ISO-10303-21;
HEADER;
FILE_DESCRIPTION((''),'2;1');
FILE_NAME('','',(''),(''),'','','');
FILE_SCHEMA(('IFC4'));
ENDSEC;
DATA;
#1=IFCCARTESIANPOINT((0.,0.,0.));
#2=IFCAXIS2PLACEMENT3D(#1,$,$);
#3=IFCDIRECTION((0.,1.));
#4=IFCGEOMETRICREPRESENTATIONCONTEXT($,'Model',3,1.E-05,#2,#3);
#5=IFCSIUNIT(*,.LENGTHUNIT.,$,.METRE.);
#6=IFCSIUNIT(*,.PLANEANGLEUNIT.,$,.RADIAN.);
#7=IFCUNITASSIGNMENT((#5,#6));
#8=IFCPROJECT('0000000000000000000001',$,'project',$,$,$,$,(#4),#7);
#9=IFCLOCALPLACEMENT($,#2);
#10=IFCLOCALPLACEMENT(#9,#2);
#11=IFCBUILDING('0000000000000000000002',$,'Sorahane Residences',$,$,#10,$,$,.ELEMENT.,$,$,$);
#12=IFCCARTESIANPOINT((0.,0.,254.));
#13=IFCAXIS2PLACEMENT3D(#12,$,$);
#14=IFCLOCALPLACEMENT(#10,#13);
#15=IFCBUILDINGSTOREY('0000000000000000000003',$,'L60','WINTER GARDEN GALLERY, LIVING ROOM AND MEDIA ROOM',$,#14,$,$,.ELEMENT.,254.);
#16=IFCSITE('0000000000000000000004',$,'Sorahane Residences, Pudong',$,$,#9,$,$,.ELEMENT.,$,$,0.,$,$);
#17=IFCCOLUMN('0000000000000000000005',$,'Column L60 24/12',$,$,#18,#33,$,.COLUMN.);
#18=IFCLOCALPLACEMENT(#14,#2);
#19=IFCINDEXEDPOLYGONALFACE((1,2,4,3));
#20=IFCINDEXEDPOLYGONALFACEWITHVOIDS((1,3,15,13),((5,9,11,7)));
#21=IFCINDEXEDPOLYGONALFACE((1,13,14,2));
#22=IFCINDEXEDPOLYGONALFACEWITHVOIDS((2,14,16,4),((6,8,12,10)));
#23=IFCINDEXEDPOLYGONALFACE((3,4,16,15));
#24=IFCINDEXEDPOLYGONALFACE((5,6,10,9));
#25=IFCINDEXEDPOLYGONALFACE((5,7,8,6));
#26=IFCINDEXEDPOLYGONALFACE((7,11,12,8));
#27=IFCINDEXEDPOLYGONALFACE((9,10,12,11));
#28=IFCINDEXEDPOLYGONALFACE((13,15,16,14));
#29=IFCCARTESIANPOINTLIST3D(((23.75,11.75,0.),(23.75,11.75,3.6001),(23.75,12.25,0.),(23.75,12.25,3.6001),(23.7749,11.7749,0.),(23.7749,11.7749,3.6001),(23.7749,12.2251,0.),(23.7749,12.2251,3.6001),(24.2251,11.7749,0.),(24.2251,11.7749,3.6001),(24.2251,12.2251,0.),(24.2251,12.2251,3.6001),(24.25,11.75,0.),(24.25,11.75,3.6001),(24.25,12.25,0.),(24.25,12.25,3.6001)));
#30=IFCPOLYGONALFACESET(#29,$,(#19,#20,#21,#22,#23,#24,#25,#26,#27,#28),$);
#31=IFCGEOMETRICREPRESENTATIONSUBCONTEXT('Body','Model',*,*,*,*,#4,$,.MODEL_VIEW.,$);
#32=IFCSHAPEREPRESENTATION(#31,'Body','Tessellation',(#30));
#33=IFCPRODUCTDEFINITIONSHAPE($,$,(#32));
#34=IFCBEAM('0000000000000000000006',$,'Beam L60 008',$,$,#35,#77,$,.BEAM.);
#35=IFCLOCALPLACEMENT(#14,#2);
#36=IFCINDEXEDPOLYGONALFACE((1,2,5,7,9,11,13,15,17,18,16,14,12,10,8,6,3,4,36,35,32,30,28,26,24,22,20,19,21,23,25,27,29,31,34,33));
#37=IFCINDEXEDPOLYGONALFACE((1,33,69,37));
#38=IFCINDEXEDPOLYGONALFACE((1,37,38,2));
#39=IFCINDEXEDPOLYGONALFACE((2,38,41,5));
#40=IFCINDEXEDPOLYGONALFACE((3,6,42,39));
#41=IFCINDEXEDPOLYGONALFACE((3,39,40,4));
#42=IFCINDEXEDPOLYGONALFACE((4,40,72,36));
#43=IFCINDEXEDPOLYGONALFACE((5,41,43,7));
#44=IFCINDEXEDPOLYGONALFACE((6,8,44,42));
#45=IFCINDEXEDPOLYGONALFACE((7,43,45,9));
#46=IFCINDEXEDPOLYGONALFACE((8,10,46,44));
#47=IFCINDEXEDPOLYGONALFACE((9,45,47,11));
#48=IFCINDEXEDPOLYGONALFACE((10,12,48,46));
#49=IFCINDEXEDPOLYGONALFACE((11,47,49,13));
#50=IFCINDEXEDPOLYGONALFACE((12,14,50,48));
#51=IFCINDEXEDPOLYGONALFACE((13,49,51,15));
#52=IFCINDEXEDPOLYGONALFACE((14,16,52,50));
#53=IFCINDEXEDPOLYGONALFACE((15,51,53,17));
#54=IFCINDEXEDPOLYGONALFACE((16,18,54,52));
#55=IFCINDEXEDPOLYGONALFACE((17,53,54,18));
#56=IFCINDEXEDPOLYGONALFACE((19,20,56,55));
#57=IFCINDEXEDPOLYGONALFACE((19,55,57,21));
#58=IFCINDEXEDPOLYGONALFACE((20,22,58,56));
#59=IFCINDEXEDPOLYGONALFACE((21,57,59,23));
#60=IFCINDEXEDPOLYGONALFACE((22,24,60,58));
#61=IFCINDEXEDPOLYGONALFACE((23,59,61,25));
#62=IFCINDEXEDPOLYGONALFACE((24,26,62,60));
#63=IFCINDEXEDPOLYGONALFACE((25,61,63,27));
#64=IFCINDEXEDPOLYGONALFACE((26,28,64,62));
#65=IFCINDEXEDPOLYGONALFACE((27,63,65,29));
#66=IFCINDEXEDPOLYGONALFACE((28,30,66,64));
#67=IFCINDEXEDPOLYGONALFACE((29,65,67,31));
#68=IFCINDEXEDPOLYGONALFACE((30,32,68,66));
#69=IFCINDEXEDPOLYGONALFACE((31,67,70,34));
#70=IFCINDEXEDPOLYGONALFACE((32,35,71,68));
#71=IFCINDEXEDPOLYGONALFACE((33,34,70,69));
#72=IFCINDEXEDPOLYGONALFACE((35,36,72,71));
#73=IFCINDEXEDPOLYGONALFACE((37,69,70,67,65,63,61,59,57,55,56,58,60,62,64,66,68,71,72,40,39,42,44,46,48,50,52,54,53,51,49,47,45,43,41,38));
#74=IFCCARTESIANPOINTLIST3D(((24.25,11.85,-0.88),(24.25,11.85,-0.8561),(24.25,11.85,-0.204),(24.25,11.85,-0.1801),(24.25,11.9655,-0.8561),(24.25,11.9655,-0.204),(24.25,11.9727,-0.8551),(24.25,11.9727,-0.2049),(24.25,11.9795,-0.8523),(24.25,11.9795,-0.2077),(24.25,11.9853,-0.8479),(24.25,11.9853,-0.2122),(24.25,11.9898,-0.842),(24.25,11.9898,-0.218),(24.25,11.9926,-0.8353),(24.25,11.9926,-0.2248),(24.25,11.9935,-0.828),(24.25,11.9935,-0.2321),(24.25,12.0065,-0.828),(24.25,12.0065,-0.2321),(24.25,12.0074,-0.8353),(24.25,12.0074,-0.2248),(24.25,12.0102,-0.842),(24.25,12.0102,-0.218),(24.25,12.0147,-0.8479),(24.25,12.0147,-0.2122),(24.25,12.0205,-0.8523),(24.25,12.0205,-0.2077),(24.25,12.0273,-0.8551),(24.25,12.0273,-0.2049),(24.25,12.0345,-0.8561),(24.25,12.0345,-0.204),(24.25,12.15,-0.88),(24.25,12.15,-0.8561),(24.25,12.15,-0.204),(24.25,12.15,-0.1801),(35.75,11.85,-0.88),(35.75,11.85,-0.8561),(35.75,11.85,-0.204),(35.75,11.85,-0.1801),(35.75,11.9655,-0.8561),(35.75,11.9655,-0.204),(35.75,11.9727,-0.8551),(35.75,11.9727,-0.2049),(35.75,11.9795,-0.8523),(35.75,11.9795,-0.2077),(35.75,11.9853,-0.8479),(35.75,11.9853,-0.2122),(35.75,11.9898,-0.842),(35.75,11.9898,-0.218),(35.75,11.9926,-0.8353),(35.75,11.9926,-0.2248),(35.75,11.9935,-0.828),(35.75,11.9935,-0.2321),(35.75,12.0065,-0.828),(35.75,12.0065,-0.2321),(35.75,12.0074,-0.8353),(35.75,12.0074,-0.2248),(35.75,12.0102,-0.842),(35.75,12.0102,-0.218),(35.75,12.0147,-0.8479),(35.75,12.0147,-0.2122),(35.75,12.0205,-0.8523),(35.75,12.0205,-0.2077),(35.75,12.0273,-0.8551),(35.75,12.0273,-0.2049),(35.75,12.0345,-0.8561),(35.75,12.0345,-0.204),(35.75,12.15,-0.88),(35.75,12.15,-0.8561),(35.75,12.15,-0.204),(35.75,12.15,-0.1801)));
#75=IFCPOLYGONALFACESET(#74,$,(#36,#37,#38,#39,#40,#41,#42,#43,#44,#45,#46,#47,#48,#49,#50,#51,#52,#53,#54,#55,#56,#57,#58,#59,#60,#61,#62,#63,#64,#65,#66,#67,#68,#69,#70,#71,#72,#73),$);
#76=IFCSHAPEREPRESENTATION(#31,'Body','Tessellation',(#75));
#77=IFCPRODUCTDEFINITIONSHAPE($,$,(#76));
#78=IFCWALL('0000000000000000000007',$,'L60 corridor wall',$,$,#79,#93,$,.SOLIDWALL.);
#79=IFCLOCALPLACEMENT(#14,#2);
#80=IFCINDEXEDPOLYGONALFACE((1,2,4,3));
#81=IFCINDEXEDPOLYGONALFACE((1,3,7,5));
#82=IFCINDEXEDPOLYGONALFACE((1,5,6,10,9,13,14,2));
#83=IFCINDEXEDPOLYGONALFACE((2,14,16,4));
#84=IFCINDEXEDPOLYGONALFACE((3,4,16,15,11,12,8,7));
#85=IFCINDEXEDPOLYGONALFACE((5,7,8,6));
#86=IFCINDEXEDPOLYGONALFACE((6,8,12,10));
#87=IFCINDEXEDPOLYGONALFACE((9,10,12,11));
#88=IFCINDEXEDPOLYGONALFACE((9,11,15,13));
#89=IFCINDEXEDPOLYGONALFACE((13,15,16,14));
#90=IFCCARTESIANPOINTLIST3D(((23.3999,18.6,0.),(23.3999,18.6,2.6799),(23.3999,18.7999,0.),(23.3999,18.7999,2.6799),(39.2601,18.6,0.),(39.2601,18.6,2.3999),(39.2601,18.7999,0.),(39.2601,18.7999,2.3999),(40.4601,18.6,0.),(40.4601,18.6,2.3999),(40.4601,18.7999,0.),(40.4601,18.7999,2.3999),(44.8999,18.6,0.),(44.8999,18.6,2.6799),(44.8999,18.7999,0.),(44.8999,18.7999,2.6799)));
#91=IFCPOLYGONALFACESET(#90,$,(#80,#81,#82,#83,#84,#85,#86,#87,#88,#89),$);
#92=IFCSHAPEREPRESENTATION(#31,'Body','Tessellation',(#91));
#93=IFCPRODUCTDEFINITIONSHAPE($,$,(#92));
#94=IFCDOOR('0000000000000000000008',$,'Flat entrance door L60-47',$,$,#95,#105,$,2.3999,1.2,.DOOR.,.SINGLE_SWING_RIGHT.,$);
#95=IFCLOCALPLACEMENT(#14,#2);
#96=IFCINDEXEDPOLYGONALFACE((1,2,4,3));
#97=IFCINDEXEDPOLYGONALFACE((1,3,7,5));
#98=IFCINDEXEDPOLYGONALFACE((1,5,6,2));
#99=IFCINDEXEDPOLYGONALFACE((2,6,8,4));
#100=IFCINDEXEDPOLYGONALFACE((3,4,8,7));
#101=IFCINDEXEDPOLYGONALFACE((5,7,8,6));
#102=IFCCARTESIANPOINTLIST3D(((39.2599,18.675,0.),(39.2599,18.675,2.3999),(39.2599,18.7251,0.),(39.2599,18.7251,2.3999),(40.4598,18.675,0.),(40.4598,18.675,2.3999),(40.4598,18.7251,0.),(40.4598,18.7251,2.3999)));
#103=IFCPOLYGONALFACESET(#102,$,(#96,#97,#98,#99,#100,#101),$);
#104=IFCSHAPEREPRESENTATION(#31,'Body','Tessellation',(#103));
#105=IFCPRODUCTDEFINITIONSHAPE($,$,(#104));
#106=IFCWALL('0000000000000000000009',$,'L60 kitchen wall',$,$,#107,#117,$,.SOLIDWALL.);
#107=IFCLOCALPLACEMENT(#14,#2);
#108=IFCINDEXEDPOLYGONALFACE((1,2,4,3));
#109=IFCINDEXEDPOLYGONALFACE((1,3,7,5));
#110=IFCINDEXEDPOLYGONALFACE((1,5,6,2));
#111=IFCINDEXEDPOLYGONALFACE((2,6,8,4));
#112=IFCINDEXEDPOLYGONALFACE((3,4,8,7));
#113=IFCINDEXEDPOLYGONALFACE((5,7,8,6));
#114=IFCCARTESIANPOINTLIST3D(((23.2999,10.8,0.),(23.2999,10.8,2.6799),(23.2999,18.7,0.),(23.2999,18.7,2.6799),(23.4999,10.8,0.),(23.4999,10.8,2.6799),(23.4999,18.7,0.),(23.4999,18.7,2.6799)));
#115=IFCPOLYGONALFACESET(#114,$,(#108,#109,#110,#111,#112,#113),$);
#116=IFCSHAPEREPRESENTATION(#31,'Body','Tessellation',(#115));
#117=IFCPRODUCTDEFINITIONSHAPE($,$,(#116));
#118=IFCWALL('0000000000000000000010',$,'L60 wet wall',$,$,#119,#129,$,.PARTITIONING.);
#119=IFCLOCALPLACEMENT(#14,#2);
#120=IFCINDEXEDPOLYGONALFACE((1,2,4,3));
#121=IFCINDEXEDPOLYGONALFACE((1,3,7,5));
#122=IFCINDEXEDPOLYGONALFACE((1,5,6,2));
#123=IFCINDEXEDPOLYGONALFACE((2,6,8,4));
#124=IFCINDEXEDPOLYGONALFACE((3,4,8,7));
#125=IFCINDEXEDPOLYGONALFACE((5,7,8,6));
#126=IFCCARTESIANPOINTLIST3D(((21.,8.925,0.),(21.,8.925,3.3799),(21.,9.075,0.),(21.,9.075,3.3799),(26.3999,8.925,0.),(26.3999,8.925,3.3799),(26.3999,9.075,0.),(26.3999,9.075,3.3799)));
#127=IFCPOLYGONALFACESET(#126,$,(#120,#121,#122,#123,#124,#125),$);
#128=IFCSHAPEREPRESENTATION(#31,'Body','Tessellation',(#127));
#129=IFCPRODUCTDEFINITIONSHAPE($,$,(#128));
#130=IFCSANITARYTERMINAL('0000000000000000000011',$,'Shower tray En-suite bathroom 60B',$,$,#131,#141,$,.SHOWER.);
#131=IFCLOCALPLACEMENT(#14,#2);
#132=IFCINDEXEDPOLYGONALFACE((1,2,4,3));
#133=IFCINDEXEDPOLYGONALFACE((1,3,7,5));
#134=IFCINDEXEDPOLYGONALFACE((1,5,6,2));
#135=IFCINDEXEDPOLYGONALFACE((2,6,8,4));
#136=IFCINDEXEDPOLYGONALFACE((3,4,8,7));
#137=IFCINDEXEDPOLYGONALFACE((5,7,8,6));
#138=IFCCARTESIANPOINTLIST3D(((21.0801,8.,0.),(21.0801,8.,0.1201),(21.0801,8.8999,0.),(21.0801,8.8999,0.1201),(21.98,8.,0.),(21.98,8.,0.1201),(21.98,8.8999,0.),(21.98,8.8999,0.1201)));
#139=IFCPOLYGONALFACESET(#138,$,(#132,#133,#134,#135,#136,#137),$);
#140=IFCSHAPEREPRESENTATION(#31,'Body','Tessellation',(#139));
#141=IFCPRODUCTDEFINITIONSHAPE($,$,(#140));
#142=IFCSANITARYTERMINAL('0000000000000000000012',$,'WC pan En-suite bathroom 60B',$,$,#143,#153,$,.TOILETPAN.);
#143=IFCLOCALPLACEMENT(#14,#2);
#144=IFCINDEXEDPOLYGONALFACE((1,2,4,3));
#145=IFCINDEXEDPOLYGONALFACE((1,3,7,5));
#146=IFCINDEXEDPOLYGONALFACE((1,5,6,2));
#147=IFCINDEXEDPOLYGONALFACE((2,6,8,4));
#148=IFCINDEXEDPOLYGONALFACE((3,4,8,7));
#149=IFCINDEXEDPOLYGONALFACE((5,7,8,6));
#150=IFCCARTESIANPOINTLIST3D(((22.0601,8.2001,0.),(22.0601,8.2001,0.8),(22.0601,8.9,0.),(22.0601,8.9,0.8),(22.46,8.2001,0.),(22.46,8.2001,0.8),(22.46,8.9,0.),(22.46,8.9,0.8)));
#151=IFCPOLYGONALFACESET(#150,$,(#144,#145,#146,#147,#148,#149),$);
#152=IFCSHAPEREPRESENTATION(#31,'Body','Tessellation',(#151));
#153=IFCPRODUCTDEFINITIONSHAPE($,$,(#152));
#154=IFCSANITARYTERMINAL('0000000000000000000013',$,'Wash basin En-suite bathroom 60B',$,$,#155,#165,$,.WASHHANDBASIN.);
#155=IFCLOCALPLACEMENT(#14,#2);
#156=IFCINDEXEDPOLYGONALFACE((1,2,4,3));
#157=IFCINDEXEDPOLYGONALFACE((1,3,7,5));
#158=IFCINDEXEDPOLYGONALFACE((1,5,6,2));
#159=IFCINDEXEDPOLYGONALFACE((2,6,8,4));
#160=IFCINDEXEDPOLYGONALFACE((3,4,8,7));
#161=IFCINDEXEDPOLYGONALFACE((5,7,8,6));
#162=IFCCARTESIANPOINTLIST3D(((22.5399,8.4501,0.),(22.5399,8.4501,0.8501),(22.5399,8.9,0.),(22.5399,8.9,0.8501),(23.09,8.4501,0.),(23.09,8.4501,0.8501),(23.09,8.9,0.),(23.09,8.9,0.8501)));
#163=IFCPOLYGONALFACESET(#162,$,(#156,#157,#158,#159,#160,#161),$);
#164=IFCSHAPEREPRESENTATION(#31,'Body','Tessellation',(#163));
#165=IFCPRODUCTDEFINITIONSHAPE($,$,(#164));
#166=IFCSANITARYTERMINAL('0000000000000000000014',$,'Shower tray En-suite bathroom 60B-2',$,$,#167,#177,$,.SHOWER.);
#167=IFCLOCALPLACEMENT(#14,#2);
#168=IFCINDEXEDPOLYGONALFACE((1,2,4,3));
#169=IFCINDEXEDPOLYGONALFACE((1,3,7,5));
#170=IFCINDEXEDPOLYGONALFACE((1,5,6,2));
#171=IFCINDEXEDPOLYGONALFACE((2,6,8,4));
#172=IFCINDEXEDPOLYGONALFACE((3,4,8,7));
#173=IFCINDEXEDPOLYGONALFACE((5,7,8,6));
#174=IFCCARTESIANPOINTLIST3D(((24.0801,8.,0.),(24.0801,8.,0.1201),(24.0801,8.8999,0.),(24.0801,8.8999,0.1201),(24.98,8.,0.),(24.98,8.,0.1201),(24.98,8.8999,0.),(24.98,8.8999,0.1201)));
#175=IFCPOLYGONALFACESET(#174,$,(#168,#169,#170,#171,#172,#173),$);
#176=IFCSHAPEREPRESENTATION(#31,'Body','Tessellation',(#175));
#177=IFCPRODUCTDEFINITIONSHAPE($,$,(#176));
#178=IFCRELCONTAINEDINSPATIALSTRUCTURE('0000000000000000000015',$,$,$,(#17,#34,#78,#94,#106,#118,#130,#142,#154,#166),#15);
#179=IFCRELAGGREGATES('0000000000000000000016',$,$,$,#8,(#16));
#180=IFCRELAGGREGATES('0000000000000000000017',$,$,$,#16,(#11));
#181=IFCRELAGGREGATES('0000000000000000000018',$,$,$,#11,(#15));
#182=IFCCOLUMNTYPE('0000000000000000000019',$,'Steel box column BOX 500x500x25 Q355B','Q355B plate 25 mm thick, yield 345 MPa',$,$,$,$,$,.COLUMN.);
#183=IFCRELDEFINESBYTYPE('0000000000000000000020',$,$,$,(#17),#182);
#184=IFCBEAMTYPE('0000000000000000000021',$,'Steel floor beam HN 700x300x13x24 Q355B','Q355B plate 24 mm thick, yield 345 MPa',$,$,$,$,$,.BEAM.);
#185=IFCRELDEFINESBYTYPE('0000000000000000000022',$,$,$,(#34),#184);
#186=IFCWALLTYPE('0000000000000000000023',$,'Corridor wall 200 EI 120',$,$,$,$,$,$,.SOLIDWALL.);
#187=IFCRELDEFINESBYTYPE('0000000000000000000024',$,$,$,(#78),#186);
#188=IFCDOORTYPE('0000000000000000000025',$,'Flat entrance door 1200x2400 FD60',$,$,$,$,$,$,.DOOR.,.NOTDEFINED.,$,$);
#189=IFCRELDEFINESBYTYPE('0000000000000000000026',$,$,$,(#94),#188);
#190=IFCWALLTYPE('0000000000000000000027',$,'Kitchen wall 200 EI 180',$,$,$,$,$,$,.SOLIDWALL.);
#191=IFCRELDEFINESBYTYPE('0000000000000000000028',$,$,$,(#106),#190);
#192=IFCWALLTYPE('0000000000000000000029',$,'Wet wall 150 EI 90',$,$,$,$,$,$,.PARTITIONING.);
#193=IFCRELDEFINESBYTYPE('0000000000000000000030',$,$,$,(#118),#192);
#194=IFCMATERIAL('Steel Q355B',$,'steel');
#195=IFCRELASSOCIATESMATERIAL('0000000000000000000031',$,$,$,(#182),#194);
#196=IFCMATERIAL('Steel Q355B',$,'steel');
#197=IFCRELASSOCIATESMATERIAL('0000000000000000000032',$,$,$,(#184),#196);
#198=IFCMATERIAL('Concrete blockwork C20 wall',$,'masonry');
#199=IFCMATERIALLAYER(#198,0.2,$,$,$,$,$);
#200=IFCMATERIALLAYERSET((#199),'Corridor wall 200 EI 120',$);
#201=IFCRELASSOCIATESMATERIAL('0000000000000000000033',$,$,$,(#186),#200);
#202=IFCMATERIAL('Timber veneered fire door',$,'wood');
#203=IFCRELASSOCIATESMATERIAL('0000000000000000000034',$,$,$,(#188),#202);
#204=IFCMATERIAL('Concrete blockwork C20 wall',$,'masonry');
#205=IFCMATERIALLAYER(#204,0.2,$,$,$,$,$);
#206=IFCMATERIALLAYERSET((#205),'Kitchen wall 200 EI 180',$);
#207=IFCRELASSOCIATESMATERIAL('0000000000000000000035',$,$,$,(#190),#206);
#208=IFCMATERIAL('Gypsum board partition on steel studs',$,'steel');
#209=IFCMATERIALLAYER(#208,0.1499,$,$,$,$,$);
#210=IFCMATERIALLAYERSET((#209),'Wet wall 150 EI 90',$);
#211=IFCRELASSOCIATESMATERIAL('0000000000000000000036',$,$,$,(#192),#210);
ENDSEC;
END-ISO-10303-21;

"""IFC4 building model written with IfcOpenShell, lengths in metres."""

from ifc_helpers import new_model, si_unit, direction, frame, frame_2d, origin, origin_2d, place, context, subcontext, project, spatial, rectangle, hollow_rectangle, i_section, extrude, material, layer, layer_set, material_profile, profile_set, type_object, element, fill, save


model = new_model("IFC4")

# Units and contexts
model_context = context("Model", 3, precision=1e-05, world=origin(), true_north=direction((0.0, 1.0)))
body_context = subcontext(model_context, "Body", "Model", "MODEL_VIEW")
ifc_project = project(units=[si_unit("LENGTHUNIT", "METRE"), si_unit("PLANEANGLEUNIT", "RADIAN")], contexts=[model_context])

# Site, building, storey
site_placement = place(None, origin())
site = spatial("IfcSite", under=ifc_project, at=site_placement, Name="Sorahane Residences, Pudong", CompositionType="ELEMENT", RefElevation=0.0)
building_placement = place(site_placement, origin())
building = spatial("IfcBuilding", under=site, at=building_placement, Name="Sorahane Residences", CompositionType="ELEMENT")
storey_placement = place(building_placement, frame((0.0, 0.0, 254.0)))
storey = spatial("IfcBuildingStorey", under=building, at=storey_placement, Name="L60", Description="WINTER GARDEN GALLERY, LIVING ROOM AND MEDIA ROOM", CompositionType="ELEMENT", Elevation=254.0)

# Column
ifc_material_1 = material(Name="Steel Q355B", Category="steel")
ifc_material_profile_1 = material_profile(ifc_material_1, hollow_rectangle(XDim=0.5, YDim=0.5, WallThickness=0.0249, at=origin_2d()), Name="BOX 500x500x25")
ifc_profile_set_1 = profile_set([ifc_material_profile_1], Name="Steel Q355B")
column_type = type_object("IfcColumnType", Name="Steel box column BOX 500x500x25 Q355B", Description="Q355B plate 25 mm thick, yield 345 MPa", PredefinedType="COLUMN", material=ifc_profile_set_1)
column_placement = place(storey_placement, frame((24.0, 12.0, 0.0), z_axis=(0.0, 0.0, 1.0), x_axis=(1.0, 0.0, 0.0)))
element("IfcColumn", 1, at=column_placement, inside=storey, type_object=column_type, Name="Column L60 24/12", PredefinedType="COLUMN", context=body_context, shape_type="SweptSolid", body=[
    extrude(hollow_rectangle(XDim=0.5, YDim=0.5, WallThickness=0.0249, at=origin_2d()), origin(), (0.0, 0.0, 1.0), 3.6001),
])

# Beam
ifc_material_2 = material(Name="Steel Q355B", Category="steel")
ifc_material_profile_2 = material_profile(ifc_material_2, i_section(OverallWidth=0.3, OverallDepth=0.7, WebThickness=0.0129, FlangeThickness=0.0239, FilletRadius=0.0281, at=origin_2d()), Name="HN 700x300x13x24")
ifc_profile_set_2 = profile_set([ifc_material_profile_2], Name="Steel Q355B")
beam_type = type_object("IfcBeamType", Name="Steel floor beam HN 700x300x13x24 Q355B", Description="Q355B plate 24 mm thick, yield 345 MPa", PredefinedType="BEAM", material=ifc_profile_set_2)
beam_placement = place(storey_placement, frame((24.25, 12.0, -0.53), z_axis=(1.0, 0.0, 0.0), x_axis=(0.0, 1.0, 0.0)))
element("IfcBeam", 2, at=beam_placement, inside=storey, type_object=beam_type, Name="Beam L60 008", PredefinedType="BEAM", context=body_context, shape_type="SweptSolid", body=[
    extrude(i_section(OverallWidth=0.3, OverallDepth=0.7, WebThickness=0.0129, FlangeThickness=0.0239, FilletRadius=0.0281, at=origin_2d()), origin(), (0.0, 0.0, 1.0), 11.5),
])

# Wall, opening, door
ifc_material_3 = material(Name="Concrete blockwork C20 wall", Category="masonry")
ifc_layer_1 = layer(ifc_material_3, 0.2)
ifc_layer_set_1 = layer_set([ifc_layer_1], Name="Corridor wall 200 EI 120")
wall_type_1 = type_object("IfcWallType", Name="Corridor wall 200 EI 120", PredefinedType="SOLIDWALL", material=ifc_layer_set_1)
wall_1_placement = place(storey_placement, frame((23.3999, 18.7, 0.0), z_axis=(0.0, 0.0, 1.0), x_axis=(1.0, 0.0, 0.0)))
wall_1 = element("IfcWall", 3, at=wall_1_placement, inside=storey, type_object=wall_type_1, Name="L60 corridor wall", PredefinedType="SOLIDWALL", context=body_context, shape_type="SweptSolid", body=[
    extrude(rectangle(XDim=21.5, YDim=0.2, at=frame_2d((10.75, 0.0))), origin(), (0.0, 0.0, 1.0), 2.6799),
])
opening_1_placement = place(wall_1_placement, frame((15.8601, 0.0, 0.0)))
opening_1 = element("IfcOpeningElement", 4, at=opening_1_placement, cuts=wall_1, PredefinedType="OPENING", context=body_context, shape_type="SweptSolid", body=[
    extrude(rectangle(XDim=1.2, YDim=2.3999, at=frame_2d((0.6001, 1.2))), frame((0.0, 0.1099, 0.0), z_axis=(0.0, -1.0, 0.0), x_axis=(1.0, 0.0, 0.0)), (0.0, 0.0, 1.0), 0.22),
])
ifc_material_4 = material(Name="Timber veneered fire door", Category="wood")
door_type_1 = type_object("IfcDoorType", Name="Flat entrance door 1200x2400 FD60", OperationType="NOTDEFINED", PredefinedType="DOOR", material=ifc_material_4)
door_1_placement = place(opening_1_placement, frame((1.2, 0.0, 0.0), z_axis=(0.0, 0.0, 1.0), x_axis=(-1.0, 0.0, 0.0)))
door_1 = element("IfcDoor", 5, at=door_1_placement, inside=storey, type_object=door_type_1, Name="Flat entrance door L60-47", OperationType="SINGLE_SWING_RIGHT", OverallHeight=2.3999, OverallWidth=1.2, PredefinedType="DOOR", context=body_context, shape_type="SweptSolid", body=[
    extrude(rectangle(XDim=1.2, YDim=2.3999, at=frame_2d((0.6001, 1.2))), frame((0.0, 0.0249, 0.0), z_axis=(0.0, -1.0, 0.0), x_axis=(1.0, 0.0, 0.0)), (0.0, 0.0, 1.0), 0.05),
])
fill(opening_1, door_1)

# Wall
ifc_material_5 = material(Name="Concrete blockwork C20 wall", Category="masonry")
ifc_layer_2 = layer(ifc_material_5, 0.2)
ifc_layer_set_2 = layer_set([ifc_layer_2], Name="Kitchen wall 200 EI 180")
wall_type_2 = type_object("IfcWallType", Name="Kitchen wall 200 EI 180", PredefinedType="SOLIDWALL", material=ifc_layer_set_2)
wall_2_placement = place(storey_placement, frame((23.3999, 10.8, 0.0), z_axis=(0.0, 0.0, 1.0), x_axis=(0.0, 1.0, 0.0)))
element("IfcWall", 6, at=wall_2_placement, inside=storey, type_object=wall_type_2, Name="L60 kitchen wall", PredefinedType="SOLIDWALL", context=body_context, shape_type="SweptSolid", body=[
    extrude(rectangle(XDim=7.8999, YDim=0.2, at=frame_2d((3.95, 0.0))), origin(), (0.0, 0.0, 1.0), 2.6799),
])

# Shared definitions
ifc_material_6 = material(Name="Gypsum board partition on steel studs", Category="steel")
ifc_layer_3 = layer(ifc_material_6, 0.1499)
ifc_layer_set_3 = layer_set([ifc_layer_3], Name="Wet wall 150 EI 90")
wall_type_3 = type_object("IfcWallType", Name="Wet wall 150 EI 90", PredefinedType="PARTITIONING", material=ifc_layer_set_3)

# Wall
wall_3_placement = place(storey_placement, frame((21.0, 9.0, 0.0), z_axis=(0.0, 0.0, 1.0), x_axis=(1.0, 0.0, 0.0)))
element("IfcWall", 7, at=wall_3_placement, inside=storey, type_object=wall_type_3, Name="L60 wet wall", PredefinedType="PARTITIONING", context=body_context, shape_type="SweptSolid", body=[
    extrude(rectangle(XDim=5.3999, YDim=0.1499, at=frame_2d((2.7, 0.0))), origin(), (0.0, 0.0, 1.0), 3.3799),
])

# Sanitary terminals
sanitary_terminal_1_placement = place(storey_placement, frame((21.53, 8.45, 0.0), z_axis=(0.0, 0.0, 1.0), x_axis=(1.0, 0.0, 0.0)))
element("IfcSanitaryTerminal", 8, at=sanitary_terminal_1_placement, inside=storey, Name="Shower tray En-suite bathroom 60B", PredefinedType="SHOWER", context=body_context, shape_type="SweptSolid", body=[
    extrude(rectangle(XDim=0.8999, YDim=0.8999, at=origin_2d()), origin(), (0.0, 0.0, 1.0), 0.1201),
])
sanitary_terminal_2_placement = place(storey_placement, frame((22.26, 8.55, 0.0), z_axis=(0.0, 0.0, 1.0), x_axis=(1.0, 0.0, 0.0)))
element("IfcSanitaryTerminal", 9, at=sanitary_terminal_2_placement, inside=storey, Name="WC pan En-suite bathroom 60B", PredefinedType="TOILETPAN", context=body_context, shape_type="SweptSolid", body=[
    extrude(rectangle(XDim=0.3999, YDim=0.7, at=origin_2d()), origin(), (0.0, 0.0, 1.0), 0.8),
])
sanitary_terminal_3_placement = place(storey_placement, frame((22.8149, 8.675, 0.0), z_axis=(0.0, 0.0, 1.0), x_axis=(1.0, 0.0, 0.0)))
element("IfcSanitaryTerminal", 10, at=sanitary_terminal_3_placement, inside=storey, Name="Wash basin En-suite bathroom 60B", PredefinedType="WASHHANDBASIN", context=body_context, shape_type="SweptSolid", body=[
    extrude(rectangle(XDim=0.55, YDim=0.45, at=origin_2d()), origin(), (0.0, 0.0, 1.0), 0.8501),
])
sanitary_terminal_4_placement = place(storey_placement, frame((24.53, 8.45, 0.0), z_axis=(0.0, 0.0, 1.0), x_axis=(1.0, 0.0, 0.0)))
element("IfcSanitaryTerminal", 11, at=sanitary_terminal_4_placement, inside=storey, Name="Shower tray En-suite bathroom 60B-2", PredefinedType="SHOWER", context=body_context, shape_type="SweptSolid", body=[
    extrude(rectangle(XDim=0.8999, YDim=0.8999, at=origin_2d()), origin(), (0.0, 0.0, 1.0), 0.1201),
])

save(model, "model.ifc")
